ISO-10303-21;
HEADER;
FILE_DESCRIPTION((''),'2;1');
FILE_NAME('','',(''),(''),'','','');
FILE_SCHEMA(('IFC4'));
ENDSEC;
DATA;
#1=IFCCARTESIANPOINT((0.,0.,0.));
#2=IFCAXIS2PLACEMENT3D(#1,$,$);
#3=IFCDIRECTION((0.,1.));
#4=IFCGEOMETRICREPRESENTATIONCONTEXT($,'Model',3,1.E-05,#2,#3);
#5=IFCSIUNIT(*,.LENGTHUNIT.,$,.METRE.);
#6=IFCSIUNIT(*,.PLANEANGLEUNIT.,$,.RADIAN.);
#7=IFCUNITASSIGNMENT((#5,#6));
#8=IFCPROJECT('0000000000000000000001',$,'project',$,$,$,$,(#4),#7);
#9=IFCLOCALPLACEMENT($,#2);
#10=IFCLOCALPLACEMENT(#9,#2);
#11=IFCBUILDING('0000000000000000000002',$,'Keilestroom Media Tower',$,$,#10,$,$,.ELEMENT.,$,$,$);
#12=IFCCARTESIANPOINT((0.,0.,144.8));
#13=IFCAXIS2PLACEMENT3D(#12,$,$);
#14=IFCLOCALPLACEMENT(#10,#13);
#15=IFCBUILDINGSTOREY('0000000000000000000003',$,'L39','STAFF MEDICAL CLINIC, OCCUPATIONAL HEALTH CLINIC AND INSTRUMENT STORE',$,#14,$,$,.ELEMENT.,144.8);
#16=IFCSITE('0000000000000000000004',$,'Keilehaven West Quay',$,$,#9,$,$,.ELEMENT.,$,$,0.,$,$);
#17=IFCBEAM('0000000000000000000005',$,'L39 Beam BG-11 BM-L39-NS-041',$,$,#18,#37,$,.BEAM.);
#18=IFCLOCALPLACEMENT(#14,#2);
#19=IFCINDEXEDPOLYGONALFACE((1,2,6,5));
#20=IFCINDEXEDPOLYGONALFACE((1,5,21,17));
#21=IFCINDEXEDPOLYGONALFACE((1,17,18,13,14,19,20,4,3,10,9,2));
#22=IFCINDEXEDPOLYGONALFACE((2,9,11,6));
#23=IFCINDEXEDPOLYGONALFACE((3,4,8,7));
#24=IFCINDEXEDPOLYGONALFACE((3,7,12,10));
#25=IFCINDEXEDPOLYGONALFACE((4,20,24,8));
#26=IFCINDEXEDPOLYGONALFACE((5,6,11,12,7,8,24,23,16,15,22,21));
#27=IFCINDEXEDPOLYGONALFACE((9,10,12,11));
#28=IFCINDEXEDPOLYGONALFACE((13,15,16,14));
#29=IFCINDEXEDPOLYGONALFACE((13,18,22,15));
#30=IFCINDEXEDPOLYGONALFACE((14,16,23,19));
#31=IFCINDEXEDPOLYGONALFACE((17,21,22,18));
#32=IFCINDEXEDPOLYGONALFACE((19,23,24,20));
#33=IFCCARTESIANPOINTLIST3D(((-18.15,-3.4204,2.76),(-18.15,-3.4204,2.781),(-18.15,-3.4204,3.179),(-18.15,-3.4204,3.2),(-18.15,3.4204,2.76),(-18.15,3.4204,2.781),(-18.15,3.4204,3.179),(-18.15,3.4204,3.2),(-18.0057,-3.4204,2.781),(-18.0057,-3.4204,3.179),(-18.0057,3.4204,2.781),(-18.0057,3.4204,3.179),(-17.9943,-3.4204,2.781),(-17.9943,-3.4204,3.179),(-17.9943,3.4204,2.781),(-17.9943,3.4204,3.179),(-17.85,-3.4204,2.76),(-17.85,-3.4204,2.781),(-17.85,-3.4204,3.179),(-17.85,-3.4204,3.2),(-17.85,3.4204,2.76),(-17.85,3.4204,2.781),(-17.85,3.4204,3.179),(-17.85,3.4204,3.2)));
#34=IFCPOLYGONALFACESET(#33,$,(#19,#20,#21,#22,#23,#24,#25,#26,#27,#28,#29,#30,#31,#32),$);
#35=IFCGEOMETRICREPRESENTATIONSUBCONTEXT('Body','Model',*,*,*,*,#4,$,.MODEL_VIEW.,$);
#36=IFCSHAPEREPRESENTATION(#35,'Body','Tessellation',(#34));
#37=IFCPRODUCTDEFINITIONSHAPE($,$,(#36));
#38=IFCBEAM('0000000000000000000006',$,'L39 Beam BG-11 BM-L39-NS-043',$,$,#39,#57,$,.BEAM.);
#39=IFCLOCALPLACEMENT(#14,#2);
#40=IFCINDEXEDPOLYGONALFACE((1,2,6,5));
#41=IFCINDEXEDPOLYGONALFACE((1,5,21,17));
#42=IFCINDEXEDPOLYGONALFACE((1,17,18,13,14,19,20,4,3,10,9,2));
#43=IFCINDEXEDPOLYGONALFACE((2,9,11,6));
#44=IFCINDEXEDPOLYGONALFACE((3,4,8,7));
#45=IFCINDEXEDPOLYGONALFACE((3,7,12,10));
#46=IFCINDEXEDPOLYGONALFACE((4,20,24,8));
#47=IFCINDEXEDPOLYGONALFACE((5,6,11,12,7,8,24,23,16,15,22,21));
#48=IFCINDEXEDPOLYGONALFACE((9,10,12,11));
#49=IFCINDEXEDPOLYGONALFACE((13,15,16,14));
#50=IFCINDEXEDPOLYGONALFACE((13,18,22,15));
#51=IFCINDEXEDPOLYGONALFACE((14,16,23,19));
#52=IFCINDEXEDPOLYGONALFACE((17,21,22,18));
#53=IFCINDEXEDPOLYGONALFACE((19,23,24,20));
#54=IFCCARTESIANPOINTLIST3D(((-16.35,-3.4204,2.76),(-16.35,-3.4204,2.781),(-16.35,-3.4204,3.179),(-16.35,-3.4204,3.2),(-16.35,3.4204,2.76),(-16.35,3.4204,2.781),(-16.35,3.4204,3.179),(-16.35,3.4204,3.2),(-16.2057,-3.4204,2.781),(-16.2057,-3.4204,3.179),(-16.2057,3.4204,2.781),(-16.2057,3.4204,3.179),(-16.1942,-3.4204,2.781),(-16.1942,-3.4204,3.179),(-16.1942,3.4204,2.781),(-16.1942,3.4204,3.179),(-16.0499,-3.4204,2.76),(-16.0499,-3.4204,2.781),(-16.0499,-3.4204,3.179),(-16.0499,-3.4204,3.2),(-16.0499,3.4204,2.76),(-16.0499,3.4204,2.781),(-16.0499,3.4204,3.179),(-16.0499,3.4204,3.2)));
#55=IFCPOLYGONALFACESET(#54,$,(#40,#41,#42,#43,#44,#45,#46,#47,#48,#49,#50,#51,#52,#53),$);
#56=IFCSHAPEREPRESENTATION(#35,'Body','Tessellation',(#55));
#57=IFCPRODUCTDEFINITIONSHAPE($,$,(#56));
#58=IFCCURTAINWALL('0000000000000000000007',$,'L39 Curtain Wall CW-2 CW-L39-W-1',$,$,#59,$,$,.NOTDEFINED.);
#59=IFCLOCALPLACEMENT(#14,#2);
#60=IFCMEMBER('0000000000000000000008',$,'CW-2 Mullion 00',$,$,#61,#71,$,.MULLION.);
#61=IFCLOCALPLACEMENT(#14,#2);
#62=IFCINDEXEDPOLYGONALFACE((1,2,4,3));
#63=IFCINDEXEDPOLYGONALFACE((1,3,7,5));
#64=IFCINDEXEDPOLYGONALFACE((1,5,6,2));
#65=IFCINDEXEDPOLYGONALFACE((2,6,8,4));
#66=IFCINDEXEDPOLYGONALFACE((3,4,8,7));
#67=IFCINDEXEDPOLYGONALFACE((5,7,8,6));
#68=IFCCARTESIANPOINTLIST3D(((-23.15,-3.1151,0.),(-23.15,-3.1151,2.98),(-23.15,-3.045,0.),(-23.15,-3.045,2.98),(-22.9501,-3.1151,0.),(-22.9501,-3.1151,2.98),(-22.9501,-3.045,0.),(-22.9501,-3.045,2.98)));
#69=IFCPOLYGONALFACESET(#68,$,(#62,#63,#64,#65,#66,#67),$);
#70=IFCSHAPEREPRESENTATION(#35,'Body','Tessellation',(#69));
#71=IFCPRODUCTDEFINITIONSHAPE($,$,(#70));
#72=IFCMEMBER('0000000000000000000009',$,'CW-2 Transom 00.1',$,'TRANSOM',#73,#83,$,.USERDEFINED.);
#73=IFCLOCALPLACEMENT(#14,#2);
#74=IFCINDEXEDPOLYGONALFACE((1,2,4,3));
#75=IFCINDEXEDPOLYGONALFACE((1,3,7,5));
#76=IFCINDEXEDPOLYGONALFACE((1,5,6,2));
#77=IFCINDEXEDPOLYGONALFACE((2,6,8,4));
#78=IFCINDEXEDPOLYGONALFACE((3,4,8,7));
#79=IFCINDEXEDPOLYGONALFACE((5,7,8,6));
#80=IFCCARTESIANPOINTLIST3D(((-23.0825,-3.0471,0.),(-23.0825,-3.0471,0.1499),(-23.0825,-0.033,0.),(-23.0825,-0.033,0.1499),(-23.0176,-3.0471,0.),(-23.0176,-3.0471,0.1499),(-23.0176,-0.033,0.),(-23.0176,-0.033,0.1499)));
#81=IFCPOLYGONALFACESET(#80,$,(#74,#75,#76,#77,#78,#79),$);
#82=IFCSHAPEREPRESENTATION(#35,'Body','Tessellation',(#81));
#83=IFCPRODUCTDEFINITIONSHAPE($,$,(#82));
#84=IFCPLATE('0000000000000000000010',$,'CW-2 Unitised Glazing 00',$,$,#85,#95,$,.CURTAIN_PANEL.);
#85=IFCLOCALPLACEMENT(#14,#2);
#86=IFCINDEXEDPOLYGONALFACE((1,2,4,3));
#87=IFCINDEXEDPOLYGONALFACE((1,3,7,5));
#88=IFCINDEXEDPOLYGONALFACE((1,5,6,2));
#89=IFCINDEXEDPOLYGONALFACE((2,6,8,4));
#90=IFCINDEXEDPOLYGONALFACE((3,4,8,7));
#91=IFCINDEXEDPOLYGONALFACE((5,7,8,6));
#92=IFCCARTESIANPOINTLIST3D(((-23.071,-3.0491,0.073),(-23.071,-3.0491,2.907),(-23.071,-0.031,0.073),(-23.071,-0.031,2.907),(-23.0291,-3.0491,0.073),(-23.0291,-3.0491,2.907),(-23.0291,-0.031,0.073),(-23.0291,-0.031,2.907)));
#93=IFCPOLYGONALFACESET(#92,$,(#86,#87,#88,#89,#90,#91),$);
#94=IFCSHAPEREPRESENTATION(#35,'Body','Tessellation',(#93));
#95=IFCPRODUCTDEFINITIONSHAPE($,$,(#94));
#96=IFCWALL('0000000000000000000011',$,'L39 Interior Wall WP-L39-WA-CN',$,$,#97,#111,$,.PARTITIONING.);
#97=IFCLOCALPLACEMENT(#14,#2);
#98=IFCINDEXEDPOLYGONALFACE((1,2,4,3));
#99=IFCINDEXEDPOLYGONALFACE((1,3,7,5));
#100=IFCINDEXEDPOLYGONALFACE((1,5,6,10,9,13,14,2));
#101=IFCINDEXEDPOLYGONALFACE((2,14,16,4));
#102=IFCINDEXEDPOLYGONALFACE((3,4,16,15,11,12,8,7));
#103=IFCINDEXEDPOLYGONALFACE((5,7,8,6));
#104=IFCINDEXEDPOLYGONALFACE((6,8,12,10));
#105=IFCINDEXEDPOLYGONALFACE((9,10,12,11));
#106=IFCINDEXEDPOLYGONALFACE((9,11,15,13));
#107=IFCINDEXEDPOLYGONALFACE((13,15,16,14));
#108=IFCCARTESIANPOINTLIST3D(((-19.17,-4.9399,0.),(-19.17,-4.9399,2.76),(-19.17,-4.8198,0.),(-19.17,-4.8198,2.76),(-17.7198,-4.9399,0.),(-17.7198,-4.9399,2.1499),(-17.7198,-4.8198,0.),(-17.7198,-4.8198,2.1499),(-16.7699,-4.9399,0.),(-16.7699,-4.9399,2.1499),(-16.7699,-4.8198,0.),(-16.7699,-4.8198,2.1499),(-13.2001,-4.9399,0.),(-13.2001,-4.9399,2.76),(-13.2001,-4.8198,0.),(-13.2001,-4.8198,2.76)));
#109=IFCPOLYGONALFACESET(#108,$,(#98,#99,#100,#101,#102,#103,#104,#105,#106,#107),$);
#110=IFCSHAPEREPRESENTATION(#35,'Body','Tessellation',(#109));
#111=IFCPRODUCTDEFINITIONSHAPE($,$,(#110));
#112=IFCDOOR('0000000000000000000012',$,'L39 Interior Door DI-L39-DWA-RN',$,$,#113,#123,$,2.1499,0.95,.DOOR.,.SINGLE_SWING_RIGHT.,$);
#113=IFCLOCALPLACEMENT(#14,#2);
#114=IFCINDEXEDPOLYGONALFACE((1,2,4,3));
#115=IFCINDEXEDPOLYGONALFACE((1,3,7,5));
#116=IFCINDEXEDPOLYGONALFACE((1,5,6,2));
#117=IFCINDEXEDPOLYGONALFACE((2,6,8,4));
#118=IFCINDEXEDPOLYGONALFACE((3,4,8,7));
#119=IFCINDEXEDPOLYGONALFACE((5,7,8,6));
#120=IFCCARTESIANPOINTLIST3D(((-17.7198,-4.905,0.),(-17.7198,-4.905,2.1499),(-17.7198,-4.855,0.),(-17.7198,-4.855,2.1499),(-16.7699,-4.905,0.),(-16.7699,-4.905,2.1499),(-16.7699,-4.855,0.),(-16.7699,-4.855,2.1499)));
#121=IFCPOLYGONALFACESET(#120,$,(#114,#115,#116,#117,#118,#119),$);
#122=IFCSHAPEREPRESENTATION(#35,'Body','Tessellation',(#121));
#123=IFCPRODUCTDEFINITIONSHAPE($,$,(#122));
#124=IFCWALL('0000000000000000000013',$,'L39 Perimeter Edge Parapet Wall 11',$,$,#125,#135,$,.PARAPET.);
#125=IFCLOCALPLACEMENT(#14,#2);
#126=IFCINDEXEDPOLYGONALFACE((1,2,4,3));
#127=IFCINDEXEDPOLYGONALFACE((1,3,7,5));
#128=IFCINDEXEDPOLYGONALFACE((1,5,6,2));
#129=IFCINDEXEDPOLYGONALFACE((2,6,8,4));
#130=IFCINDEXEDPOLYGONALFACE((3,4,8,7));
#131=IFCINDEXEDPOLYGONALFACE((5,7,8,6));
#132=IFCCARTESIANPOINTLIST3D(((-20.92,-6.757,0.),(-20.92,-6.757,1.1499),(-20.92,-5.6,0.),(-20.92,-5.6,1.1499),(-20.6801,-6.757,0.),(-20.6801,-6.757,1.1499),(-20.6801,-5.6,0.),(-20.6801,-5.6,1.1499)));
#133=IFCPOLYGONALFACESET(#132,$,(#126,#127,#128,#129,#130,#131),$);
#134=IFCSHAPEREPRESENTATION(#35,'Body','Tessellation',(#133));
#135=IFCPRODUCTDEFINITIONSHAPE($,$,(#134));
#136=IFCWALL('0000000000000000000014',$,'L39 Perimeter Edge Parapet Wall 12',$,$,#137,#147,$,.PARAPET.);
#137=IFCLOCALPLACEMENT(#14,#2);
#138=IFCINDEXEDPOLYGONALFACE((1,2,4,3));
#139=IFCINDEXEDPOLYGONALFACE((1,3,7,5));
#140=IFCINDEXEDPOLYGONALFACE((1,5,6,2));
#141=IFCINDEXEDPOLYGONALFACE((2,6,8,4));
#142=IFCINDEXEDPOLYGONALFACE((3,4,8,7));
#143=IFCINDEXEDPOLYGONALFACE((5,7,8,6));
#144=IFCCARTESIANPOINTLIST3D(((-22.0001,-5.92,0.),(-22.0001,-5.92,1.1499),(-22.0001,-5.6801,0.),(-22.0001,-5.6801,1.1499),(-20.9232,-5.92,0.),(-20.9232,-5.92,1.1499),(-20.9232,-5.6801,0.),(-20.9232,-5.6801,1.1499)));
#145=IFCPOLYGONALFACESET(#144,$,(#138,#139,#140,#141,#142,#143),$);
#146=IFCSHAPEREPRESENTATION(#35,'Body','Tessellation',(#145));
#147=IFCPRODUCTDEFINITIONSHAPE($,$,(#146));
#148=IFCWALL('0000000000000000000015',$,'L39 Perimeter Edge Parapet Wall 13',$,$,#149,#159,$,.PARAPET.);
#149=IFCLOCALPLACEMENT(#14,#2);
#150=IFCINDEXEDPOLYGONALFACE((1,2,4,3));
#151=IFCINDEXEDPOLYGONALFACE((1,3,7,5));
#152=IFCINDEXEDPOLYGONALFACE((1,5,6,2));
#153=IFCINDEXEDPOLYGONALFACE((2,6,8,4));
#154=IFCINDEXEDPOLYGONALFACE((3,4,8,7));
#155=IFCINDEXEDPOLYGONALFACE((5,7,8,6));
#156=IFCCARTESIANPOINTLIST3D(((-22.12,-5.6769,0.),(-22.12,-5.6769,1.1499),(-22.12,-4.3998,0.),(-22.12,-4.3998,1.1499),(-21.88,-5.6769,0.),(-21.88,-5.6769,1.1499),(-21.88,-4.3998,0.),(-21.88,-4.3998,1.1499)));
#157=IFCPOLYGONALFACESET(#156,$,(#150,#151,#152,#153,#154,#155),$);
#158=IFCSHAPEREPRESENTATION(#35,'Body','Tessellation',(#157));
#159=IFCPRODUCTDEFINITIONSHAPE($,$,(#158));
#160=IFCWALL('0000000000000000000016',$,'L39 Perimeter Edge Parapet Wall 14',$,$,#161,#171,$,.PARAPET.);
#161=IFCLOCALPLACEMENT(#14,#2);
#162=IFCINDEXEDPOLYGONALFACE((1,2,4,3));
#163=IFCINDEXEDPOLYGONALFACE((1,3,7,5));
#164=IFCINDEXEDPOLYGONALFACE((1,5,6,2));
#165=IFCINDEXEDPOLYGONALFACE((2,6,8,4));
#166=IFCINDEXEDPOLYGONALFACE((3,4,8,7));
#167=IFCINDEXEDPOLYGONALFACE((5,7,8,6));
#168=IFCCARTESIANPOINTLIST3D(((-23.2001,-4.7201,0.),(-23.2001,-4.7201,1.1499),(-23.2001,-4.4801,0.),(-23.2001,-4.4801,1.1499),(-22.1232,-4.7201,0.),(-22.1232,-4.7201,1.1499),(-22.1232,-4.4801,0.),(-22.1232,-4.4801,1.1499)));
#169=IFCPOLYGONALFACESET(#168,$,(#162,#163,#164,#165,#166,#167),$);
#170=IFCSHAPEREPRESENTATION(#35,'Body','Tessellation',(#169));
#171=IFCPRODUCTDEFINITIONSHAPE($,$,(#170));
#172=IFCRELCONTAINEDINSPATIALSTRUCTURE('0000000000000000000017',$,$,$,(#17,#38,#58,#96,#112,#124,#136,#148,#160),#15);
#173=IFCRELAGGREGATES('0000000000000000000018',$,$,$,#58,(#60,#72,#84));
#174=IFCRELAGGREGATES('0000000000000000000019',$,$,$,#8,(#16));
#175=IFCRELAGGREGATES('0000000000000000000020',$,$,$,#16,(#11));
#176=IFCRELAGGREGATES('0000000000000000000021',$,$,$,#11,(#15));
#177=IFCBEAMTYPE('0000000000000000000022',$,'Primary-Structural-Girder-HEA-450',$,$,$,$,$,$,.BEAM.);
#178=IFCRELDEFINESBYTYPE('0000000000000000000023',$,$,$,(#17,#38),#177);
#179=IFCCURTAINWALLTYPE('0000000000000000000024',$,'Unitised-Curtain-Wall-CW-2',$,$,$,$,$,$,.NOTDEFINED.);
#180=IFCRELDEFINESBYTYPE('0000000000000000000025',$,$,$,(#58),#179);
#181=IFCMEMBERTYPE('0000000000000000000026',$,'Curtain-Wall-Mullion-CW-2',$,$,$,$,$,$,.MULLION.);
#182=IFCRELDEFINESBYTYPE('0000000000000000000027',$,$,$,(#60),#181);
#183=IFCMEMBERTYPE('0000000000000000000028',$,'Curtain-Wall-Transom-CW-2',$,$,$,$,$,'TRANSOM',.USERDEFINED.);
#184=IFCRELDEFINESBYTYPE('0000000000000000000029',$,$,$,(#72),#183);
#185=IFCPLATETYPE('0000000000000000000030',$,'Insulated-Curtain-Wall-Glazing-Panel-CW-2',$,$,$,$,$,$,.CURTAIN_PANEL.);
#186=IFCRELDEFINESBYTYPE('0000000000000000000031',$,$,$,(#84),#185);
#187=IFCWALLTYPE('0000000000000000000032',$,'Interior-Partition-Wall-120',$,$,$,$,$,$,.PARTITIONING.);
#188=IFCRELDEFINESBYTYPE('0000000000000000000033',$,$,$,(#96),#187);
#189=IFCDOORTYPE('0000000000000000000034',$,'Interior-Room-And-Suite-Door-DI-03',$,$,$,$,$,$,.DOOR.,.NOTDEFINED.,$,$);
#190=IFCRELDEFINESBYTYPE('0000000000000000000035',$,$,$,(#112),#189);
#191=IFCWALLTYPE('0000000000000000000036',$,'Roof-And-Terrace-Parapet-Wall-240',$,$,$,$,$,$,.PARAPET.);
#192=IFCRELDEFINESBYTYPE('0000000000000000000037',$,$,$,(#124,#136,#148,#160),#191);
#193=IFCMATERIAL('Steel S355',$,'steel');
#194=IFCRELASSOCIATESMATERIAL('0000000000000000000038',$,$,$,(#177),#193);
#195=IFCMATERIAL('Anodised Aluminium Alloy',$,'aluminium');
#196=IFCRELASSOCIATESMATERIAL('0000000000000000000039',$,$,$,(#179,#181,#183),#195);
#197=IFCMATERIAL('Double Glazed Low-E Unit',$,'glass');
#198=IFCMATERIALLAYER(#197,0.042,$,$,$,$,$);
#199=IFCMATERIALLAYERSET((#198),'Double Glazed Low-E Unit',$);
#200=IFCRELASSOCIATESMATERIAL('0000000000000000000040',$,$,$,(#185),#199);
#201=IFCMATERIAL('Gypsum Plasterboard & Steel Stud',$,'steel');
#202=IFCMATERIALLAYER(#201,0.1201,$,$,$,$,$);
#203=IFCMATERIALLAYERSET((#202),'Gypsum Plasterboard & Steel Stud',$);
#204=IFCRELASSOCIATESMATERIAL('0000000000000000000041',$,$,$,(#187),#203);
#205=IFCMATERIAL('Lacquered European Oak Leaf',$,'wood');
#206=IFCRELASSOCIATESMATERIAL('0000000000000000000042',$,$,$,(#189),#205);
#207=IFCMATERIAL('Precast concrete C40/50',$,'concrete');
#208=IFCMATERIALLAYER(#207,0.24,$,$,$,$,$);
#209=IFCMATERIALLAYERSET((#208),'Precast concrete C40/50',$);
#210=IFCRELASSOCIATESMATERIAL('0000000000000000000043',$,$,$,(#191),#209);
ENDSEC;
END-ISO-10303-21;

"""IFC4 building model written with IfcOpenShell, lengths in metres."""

from ifc_helpers import new_model, si_unit, direction, frame, frame_2d, origin, origin_2d, place, context, subcontext, project, spatial, rectangle, i_section, extrude, source, transform, mapped, material, layer, layer_set, material_profile, profile_set, type_object, element, fill, aggregate, save


model = new_model("IFC4")

# Units and contexts
model_context = context("Model", 3, precision=1e-05, world=origin(), true_north=direction((0.0, 1.0)))
body_context = subcontext(model_context, "Body", "Model", "MODEL_VIEW")
ifc_project = project(units=[si_unit("LENGTHUNIT", "METRE"), si_unit("PLANEANGLEUNIT", "RADIAN")], contexts=[model_context])

# Site, building, storey
site_placement = place(None, origin())
site = spatial("IfcSite", under=ifc_project, at=site_placement, Name="Keilehaven West Quay", CompositionType="ELEMENT", RefElevation=0.0)
building_placement = place(site_placement, origin())
building = spatial("IfcBuilding", under=site, at=building_placement, Name="Keilestroom Media Tower", CompositionType="ELEMENT")
storey_placement = place(building_placement, frame((0.0, 0.0, 144.8)))
storey = spatial("IfcBuildingStorey", under=building, at=storey_placement, Name="L39", Description="STAFF MEDICAL CLINIC, OCCUPATIONAL HEALTH CLINIC AND INSTRUMENT STORE", CompositionType="ELEMENT", Elevation=144.8)

# Shared definitions
ifc_material_1 = material(Name="Precast concrete C40/50", Category="concrete")
ifc_material_2 = material(Name="Steel S355", Category="steel")

# Beams
ifc_material_profile_1 = material_profile(ifc_material_2, i_section(OverallWidth=0.3, OverallDepth=0.4399, WebThickness=0.0115, FlangeThickness=0.021, at=origin_2d()), Name="HEA 450")
ifc_profile_set_1 = profile_set([ifc_material_profile_1], Name="Steel S355")
beam_type_1 = type_object("IfcBeamType", Name="Primary-Structural-Girder-HEA-450", PredefinedType="BEAM", material=ifc_profile_set_1)
shared_shape_1 = source(origin(), body_context, "Body", "SweptSolid", [
    extrude(i_section(OverallWidth=0.3, OverallDepth=0.4399, WebThickness=0.0115, FlangeThickness=0.021, at=origin_2d()), origin(), (0.0, 0.0, 1.0), 6.8408),
])
for number, where, z_axis, x_axis, name in (
    (1, (-18.0, -3.4204, 2.98), (0.0, 1.0, 0.0), (-1.0, 0.0, 0.0), "L39 Beam BG-11 BM-L39-NS-041"),
    (2, (-16.2, -3.4204, 2.98), (0.0, 1.0, 0.0), (-1.0, 0.0, 0.0), "L39 Beam BG-11 BM-L39-NS-043"),
):
    element("IfcBeam", number, at=place(storey_placement, frame(where, z_axis=z_axis, x_axis=x_axis)), inside=storey, type_object=beam_type_1, Name=name, PredefinedType="BEAM", context=body_context, shape_type="MappedRepresentation", body=[
        mapped(shared_shape_1, transform((0.0, 0.0, 0.0), x_axis=(1.0, 0.0, 0.0), y_axis=(0.0, 1.0, 0.0), z_axis=(0.0, 0.0, 1.0), scale=1.0)),
    ])

# Curtain wall, members, plate
ifc_material_3 = material(Name="Anodised Aluminium Alloy", Category="aluminium")
curtain_wall_type = type_object("IfcCurtainWallType", Name="Unitised-Curtain-Wall-CW-2", PredefinedType="NOTDEFINED", material=ifc_material_3)
curtain_wall_placement = place(storey_placement, origin())
curtain_wall = element("IfcCurtainWall", 3, at=curtain_wall_placement, inside=storey, type_object=curtain_wall_type, Name="L39 Curtain Wall CW-2 CW-L39-W-1", PredefinedType="NOTDEFINED")
ifc_material_profile_2 = material_profile(ifc_material_3, rectangle(XDim=0.0701, YDim=0.2, at=origin_2d()), Name="ALU MULLION 70x200")
ifc_profile_set_2 = profile_set([ifc_material_profile_2], Name="Anodised Aluminium Alloy")
member_type_1 = type_object("IfcMemberType", Name="Curtain-Wall-Mullion-CW-2", PredefinedType="MULLION", material=ifc_profile_set_2)
shared_shape_2 = source(origin(), body_context, "Body", "SweptSolid", [
    extrude(rectangle(XDim=0.0701, YDim=0.2, at=origin_2d()), origin(), (0.0, 0.0, 1.0), 2.98),
])
member_1_placement = place(storey_placement, frame((-23.05, -3.0801, 0.0), z_axis=(0.0, 0.0, 1.0), x_axis=(0.0, 1.0, 0.0)))
member_1 = element("IfcMember", 4, at=member_1_placement, type_object=member_type_1, Name="CW-2 Mullion 00", PredefinedType="MULLION", context=body_context, shape_type="MappedRepresentation", body=[
    mapped(shared_shape_2, transform((0.0, 0.0, 0.0), x_axis=(1.0, 0.0, 0.0), y_axis=(0.0, 1.0, 0.0), z_axis=(0.0, 0.0, 1.0), scale=1.0)),
])
ifc_material_profile_3 = material_profile(ifc_material_3, rectangle(XDim=0.0649, YDim=0.1499, at=origin_2d()), Name="ALU TRANSOM 65x150")
ifc_profile_set_3 = profile_set([ifc_material_profile_3], Name="Anodised Aluminium Alloy")
member_type_2 = type_object("IfcMemberType", Name="Curtain-Wall-Transom-CW-2", ElementType="TRANSOM", PredefinedType="USERDEFINED", material=ifc_profile_set_3)
shared_shape_3 = source(origin(), body_context, "Body", "SweptSolid", [
    extrude(rectangle(XDim=0.0649, YDim=0.1499, at=origin_2d()), origin(), (0.0, 0.0, 1.0), 3.0142),
])
member_2_placement = place(storey_placement, frame((-23.05, -3.0471, 0.075), z_axis=(0.0, 1.0, 0.0), x_axis=(-1.0, 0.0, 0.0)))
member_2 = element("IfcMember", 5, at=member_2_placement, type_object=member_type_2, Name="CW-2 Transom 00.1", ObjectType="TRANSOM", PredefinedType="USERDEFINED", context=body_context, shape_type="MappedRepresentation", body=[
    mapped(shared_shape_3, transform((0.0, 0.0, 0.0), x_axis=(1.0, 0.0, 0.0), y_axis=(0.0, 1.0, 0.0), z_axis=(0.0, 0.0, 1.0), scale=1.0)),
])
ifc_material_4 = material(Name="Double Glazed Low-E Unit", Category="glass")
ifc_layer_1 = layer(ifc_material_4, 0.042)
ifc_layer_set_1 = layer_set([ifc_layer_1], Name="Double Glazed Low-E Unit")
plate_type = type_object("IfcPlateType", Name="Insulated-Curtain-Wall-Glazing-Panel-CW-2", PredefinedType="CURTAIN_PANEL", material=ifc_layer_set_1)
shared_shape_4 = source(origin(), body_context, "Body", "SweptSolid", [
    extrude(rectangle(XDim=3.0181, YDim=0.042, at=origin_2d()), origin(), (0.0, 0.0, 1.0), 2.834),
])
plate_placement = place(storey_placement, frame((-23.05, -1.54, 0.073), z_axis=(0.0, 0.0, 1.0), x_axis=(0.0, 1.0, 0.0)))
plate = element("IfcPlate", 6, at=plate_placement, type_object=plate_type, Name="CW-2 Unitised Glazing 00", PredefinedType="CURTAIN_PANEL", context=body_context, shape_type="MappedRepresentation", body=[
    mapped(shared_shape_4, transform((0.0, 0.0, 0.0), x_axis=(1.0, 0.0, 0.0), y_axis=(0.0, 1.0, 0.0), z_axis=(0.0, 0.0, 1.0), scale=1.0)),
])
aggregate(curtain_wall, [member_1, member_2, plate])

# Wall, opening, door
ifc_material_5 = material(Name="Gypsum Plasterboard & Steel Stud", Category="steel")
ifc_layer_2 = layer(ifc_material_5, 0.1201)
ifc_layer_set_2 = layer_set([ifc_layer_2], Name="Gypsum Plasterboard & Steel Stud")
wall_type_1 = type_object("IfcWallType", Name="Interior-Partition-Wall-120", PredefinedType="PARTITIONING", material=ifc_layer_set_2)
wall_1_placement = place(storey_placement, frame((-19.1699, -4.8799, 0.0), z_axis=(0.0, 0.0, 1.0), x_axis=(1.0, 0.0, 0.0)))
wall_1 = element("IfcWall", 7, at=wall_1_placement, inside=storey, type_object=wall_type_1, Name="L39 Interior Wall WP-L39-WA-CN", PredefinedType="PARTITIONING", context=body_context, shape_type="SweptSolid", body=[
    extrude(rectangle(XDim=5.97, YDim=0.1201, at=frame_2d((2.9849, 0.0))), origin(), (0.0, 0.0, 1.0), 2.76),
])
opening_placement = place(wall_1_placement, frame((1.45, 0.0, 0.0)))
opening = element("IfcOpeningElement", 8, at=opening_placement, cuts=wall_1, PredefinedType="OPENING", context=body_context, shape_type="SweptSolid", body=[
    extrude(rectangle(XDim=0.95, YDim=2.1499, at=frame_2d((0.4751, 1.075))), frame((0.0, 0.0701, 0.0), z_axis=(0.0, -1.0, 0.0), x_axis=(1.0, 0.0, 0.0)), (0.0, 0.0, 1.0), 0.1401),
])
ifc_material_6 = material(Name="Lacquered European Oak Leaf", Category="wood")
door_type = type_object("IfcDoorType", Name="Interior-Room-And-Suite-Door-DI-03", OperationType="NOTDEFINED", PredefinedType="DOOR", material=ifc_material_6)
shared_shape_5 = source(origin(), body_context, "Body", "SweptSolid", [
    extrude(rectangle(XDim=0.95, YDim=2.1499, at=frame_2d((0.4751, 1.075))), frame((0.0, 0.0249, 0.0), z_axis=(0.0, -1.0, 0.0), x_axis=(1.0, 0.0, 0.0)), (0.0, 0.0, 1.0), 0.05),
])
door_placement = place(opening_placement, origin())
door = element("IfcDoor", 9, at=door_placement, inside=storey, type_object=door_type, Name="L39 Interior Door DI-L39-DWA-RN", OperationType="SINGLE_SWING_RIGHT", OverallHeight=2.1499, OverallWidth=0.95, PredefinedType="DOOR", context=body_context, shape_type="MappedRepresentation", body=[
    mapped(shared_shape_5, transform((0.0, 0.0, 0.0), x_axis=(1.0, 0.0, 0.0), y_axis=(0.0, 1.0, 0.0), z_axis=(0.0, 0.0, 1.0), scale=1.0)),
])
fill(opening, door)

# Walls
ifc_layer_3 = layer(ifc_material_1, 0.24)
ifc_layer_set_3 = layer_set([ifc_layer_3], Name="Precast concrete C40/50")
wall_type_2 = type_object("IfcWallType", Name="Roof-And-Terrace-Parapet-Wall-240", PredefinedType="PARAPET", material=ifc_layer_set_3)
wall_2_placement = place(storey_placement, frame((-20.8, -6.7571, 0.0), z_axis=(0.0, 0.0, 1.0), x_axis=(0.0, 1.0, 0.0)))
element("IfcWall", 10, at=wall_2_placement, inside=storey, type_object=wall_type_2, Name="L39 Perimeter Edge Parapet Wall 11", PredefinedType="PARAPET", context=body_context, shape_type="SweptSolid", body=[
    extrude(rectangle(XDim=1.157, YDim=0.24, at=frame_2d((0.5786, 0.0))), origin(), (0.0, 0.0, 1.0), 1.1499),
])
wall_3_placement = place(storey_placement, frame((-20.9231, -5.8, 0.0), z_axis=(0.0, 0.0, 1.0), x_axis=(-1.0, 0.0, 0.0)))
element("IfcWall", 11, at=wall_3_placement, inside=storey, type_object=wall_type_2, Name="L39 Perimeter Edge Parapet Wall 12", PredefinedType="PARAPET", context=body_context, shape_type="SweptSolid", body=[
    extrude(rectangle(XDim=1.0769, YDim=0.24, at=frame_2d((0.5386, 0.0))), origin(), (0.0, 0.0, 1.0), 1.1499),
])
wall_4_placement = place(storey_placement, frame((-22.0, -5.677, 0.0), z_axis=(0.0, 0.0, 1.0), x_axis=(0.0, 1.0, 0.0)))
element("IfcWall", 12, at=wall_4_placement, inside=storey, type_object=wall_type_2, Name="L39 Perimeter Edge Parapet Wall 13", PredefinedType="PARAPET", context=body_context, shape_type="SweptSolid", body=[
    extrude(rectangle(XDim=1.2771, YDim=0.24, at=frame_2d((0.6387, 0.0))), origin(), (0.0, 0.0, 1.0), 1.1499),
])
wall_5_placement = place(storey_placement, frame((-22.123, -4.6001, 0.0), z_axis=(0.0, 0.0, 1.0), x_axis=(-1.0, 0.0, 0.0)))
element("IfcWall", 13, at=wall_5_placement, inside=storey, type_object=wall_type_2, Name="L39 Perimeter Edge Parapet Wall 14", PredefinedType="PARAPET", context=body_context, shape_type="SweptSolid", body=[
    extrude(rectangle(XDim=1.0769, YDim=0.24, at=frame_2d((0.5386, 0.0))), origin(), (0.0, 0.0, 1.0), 1.1499),
])

save(model, "model.ifc")
